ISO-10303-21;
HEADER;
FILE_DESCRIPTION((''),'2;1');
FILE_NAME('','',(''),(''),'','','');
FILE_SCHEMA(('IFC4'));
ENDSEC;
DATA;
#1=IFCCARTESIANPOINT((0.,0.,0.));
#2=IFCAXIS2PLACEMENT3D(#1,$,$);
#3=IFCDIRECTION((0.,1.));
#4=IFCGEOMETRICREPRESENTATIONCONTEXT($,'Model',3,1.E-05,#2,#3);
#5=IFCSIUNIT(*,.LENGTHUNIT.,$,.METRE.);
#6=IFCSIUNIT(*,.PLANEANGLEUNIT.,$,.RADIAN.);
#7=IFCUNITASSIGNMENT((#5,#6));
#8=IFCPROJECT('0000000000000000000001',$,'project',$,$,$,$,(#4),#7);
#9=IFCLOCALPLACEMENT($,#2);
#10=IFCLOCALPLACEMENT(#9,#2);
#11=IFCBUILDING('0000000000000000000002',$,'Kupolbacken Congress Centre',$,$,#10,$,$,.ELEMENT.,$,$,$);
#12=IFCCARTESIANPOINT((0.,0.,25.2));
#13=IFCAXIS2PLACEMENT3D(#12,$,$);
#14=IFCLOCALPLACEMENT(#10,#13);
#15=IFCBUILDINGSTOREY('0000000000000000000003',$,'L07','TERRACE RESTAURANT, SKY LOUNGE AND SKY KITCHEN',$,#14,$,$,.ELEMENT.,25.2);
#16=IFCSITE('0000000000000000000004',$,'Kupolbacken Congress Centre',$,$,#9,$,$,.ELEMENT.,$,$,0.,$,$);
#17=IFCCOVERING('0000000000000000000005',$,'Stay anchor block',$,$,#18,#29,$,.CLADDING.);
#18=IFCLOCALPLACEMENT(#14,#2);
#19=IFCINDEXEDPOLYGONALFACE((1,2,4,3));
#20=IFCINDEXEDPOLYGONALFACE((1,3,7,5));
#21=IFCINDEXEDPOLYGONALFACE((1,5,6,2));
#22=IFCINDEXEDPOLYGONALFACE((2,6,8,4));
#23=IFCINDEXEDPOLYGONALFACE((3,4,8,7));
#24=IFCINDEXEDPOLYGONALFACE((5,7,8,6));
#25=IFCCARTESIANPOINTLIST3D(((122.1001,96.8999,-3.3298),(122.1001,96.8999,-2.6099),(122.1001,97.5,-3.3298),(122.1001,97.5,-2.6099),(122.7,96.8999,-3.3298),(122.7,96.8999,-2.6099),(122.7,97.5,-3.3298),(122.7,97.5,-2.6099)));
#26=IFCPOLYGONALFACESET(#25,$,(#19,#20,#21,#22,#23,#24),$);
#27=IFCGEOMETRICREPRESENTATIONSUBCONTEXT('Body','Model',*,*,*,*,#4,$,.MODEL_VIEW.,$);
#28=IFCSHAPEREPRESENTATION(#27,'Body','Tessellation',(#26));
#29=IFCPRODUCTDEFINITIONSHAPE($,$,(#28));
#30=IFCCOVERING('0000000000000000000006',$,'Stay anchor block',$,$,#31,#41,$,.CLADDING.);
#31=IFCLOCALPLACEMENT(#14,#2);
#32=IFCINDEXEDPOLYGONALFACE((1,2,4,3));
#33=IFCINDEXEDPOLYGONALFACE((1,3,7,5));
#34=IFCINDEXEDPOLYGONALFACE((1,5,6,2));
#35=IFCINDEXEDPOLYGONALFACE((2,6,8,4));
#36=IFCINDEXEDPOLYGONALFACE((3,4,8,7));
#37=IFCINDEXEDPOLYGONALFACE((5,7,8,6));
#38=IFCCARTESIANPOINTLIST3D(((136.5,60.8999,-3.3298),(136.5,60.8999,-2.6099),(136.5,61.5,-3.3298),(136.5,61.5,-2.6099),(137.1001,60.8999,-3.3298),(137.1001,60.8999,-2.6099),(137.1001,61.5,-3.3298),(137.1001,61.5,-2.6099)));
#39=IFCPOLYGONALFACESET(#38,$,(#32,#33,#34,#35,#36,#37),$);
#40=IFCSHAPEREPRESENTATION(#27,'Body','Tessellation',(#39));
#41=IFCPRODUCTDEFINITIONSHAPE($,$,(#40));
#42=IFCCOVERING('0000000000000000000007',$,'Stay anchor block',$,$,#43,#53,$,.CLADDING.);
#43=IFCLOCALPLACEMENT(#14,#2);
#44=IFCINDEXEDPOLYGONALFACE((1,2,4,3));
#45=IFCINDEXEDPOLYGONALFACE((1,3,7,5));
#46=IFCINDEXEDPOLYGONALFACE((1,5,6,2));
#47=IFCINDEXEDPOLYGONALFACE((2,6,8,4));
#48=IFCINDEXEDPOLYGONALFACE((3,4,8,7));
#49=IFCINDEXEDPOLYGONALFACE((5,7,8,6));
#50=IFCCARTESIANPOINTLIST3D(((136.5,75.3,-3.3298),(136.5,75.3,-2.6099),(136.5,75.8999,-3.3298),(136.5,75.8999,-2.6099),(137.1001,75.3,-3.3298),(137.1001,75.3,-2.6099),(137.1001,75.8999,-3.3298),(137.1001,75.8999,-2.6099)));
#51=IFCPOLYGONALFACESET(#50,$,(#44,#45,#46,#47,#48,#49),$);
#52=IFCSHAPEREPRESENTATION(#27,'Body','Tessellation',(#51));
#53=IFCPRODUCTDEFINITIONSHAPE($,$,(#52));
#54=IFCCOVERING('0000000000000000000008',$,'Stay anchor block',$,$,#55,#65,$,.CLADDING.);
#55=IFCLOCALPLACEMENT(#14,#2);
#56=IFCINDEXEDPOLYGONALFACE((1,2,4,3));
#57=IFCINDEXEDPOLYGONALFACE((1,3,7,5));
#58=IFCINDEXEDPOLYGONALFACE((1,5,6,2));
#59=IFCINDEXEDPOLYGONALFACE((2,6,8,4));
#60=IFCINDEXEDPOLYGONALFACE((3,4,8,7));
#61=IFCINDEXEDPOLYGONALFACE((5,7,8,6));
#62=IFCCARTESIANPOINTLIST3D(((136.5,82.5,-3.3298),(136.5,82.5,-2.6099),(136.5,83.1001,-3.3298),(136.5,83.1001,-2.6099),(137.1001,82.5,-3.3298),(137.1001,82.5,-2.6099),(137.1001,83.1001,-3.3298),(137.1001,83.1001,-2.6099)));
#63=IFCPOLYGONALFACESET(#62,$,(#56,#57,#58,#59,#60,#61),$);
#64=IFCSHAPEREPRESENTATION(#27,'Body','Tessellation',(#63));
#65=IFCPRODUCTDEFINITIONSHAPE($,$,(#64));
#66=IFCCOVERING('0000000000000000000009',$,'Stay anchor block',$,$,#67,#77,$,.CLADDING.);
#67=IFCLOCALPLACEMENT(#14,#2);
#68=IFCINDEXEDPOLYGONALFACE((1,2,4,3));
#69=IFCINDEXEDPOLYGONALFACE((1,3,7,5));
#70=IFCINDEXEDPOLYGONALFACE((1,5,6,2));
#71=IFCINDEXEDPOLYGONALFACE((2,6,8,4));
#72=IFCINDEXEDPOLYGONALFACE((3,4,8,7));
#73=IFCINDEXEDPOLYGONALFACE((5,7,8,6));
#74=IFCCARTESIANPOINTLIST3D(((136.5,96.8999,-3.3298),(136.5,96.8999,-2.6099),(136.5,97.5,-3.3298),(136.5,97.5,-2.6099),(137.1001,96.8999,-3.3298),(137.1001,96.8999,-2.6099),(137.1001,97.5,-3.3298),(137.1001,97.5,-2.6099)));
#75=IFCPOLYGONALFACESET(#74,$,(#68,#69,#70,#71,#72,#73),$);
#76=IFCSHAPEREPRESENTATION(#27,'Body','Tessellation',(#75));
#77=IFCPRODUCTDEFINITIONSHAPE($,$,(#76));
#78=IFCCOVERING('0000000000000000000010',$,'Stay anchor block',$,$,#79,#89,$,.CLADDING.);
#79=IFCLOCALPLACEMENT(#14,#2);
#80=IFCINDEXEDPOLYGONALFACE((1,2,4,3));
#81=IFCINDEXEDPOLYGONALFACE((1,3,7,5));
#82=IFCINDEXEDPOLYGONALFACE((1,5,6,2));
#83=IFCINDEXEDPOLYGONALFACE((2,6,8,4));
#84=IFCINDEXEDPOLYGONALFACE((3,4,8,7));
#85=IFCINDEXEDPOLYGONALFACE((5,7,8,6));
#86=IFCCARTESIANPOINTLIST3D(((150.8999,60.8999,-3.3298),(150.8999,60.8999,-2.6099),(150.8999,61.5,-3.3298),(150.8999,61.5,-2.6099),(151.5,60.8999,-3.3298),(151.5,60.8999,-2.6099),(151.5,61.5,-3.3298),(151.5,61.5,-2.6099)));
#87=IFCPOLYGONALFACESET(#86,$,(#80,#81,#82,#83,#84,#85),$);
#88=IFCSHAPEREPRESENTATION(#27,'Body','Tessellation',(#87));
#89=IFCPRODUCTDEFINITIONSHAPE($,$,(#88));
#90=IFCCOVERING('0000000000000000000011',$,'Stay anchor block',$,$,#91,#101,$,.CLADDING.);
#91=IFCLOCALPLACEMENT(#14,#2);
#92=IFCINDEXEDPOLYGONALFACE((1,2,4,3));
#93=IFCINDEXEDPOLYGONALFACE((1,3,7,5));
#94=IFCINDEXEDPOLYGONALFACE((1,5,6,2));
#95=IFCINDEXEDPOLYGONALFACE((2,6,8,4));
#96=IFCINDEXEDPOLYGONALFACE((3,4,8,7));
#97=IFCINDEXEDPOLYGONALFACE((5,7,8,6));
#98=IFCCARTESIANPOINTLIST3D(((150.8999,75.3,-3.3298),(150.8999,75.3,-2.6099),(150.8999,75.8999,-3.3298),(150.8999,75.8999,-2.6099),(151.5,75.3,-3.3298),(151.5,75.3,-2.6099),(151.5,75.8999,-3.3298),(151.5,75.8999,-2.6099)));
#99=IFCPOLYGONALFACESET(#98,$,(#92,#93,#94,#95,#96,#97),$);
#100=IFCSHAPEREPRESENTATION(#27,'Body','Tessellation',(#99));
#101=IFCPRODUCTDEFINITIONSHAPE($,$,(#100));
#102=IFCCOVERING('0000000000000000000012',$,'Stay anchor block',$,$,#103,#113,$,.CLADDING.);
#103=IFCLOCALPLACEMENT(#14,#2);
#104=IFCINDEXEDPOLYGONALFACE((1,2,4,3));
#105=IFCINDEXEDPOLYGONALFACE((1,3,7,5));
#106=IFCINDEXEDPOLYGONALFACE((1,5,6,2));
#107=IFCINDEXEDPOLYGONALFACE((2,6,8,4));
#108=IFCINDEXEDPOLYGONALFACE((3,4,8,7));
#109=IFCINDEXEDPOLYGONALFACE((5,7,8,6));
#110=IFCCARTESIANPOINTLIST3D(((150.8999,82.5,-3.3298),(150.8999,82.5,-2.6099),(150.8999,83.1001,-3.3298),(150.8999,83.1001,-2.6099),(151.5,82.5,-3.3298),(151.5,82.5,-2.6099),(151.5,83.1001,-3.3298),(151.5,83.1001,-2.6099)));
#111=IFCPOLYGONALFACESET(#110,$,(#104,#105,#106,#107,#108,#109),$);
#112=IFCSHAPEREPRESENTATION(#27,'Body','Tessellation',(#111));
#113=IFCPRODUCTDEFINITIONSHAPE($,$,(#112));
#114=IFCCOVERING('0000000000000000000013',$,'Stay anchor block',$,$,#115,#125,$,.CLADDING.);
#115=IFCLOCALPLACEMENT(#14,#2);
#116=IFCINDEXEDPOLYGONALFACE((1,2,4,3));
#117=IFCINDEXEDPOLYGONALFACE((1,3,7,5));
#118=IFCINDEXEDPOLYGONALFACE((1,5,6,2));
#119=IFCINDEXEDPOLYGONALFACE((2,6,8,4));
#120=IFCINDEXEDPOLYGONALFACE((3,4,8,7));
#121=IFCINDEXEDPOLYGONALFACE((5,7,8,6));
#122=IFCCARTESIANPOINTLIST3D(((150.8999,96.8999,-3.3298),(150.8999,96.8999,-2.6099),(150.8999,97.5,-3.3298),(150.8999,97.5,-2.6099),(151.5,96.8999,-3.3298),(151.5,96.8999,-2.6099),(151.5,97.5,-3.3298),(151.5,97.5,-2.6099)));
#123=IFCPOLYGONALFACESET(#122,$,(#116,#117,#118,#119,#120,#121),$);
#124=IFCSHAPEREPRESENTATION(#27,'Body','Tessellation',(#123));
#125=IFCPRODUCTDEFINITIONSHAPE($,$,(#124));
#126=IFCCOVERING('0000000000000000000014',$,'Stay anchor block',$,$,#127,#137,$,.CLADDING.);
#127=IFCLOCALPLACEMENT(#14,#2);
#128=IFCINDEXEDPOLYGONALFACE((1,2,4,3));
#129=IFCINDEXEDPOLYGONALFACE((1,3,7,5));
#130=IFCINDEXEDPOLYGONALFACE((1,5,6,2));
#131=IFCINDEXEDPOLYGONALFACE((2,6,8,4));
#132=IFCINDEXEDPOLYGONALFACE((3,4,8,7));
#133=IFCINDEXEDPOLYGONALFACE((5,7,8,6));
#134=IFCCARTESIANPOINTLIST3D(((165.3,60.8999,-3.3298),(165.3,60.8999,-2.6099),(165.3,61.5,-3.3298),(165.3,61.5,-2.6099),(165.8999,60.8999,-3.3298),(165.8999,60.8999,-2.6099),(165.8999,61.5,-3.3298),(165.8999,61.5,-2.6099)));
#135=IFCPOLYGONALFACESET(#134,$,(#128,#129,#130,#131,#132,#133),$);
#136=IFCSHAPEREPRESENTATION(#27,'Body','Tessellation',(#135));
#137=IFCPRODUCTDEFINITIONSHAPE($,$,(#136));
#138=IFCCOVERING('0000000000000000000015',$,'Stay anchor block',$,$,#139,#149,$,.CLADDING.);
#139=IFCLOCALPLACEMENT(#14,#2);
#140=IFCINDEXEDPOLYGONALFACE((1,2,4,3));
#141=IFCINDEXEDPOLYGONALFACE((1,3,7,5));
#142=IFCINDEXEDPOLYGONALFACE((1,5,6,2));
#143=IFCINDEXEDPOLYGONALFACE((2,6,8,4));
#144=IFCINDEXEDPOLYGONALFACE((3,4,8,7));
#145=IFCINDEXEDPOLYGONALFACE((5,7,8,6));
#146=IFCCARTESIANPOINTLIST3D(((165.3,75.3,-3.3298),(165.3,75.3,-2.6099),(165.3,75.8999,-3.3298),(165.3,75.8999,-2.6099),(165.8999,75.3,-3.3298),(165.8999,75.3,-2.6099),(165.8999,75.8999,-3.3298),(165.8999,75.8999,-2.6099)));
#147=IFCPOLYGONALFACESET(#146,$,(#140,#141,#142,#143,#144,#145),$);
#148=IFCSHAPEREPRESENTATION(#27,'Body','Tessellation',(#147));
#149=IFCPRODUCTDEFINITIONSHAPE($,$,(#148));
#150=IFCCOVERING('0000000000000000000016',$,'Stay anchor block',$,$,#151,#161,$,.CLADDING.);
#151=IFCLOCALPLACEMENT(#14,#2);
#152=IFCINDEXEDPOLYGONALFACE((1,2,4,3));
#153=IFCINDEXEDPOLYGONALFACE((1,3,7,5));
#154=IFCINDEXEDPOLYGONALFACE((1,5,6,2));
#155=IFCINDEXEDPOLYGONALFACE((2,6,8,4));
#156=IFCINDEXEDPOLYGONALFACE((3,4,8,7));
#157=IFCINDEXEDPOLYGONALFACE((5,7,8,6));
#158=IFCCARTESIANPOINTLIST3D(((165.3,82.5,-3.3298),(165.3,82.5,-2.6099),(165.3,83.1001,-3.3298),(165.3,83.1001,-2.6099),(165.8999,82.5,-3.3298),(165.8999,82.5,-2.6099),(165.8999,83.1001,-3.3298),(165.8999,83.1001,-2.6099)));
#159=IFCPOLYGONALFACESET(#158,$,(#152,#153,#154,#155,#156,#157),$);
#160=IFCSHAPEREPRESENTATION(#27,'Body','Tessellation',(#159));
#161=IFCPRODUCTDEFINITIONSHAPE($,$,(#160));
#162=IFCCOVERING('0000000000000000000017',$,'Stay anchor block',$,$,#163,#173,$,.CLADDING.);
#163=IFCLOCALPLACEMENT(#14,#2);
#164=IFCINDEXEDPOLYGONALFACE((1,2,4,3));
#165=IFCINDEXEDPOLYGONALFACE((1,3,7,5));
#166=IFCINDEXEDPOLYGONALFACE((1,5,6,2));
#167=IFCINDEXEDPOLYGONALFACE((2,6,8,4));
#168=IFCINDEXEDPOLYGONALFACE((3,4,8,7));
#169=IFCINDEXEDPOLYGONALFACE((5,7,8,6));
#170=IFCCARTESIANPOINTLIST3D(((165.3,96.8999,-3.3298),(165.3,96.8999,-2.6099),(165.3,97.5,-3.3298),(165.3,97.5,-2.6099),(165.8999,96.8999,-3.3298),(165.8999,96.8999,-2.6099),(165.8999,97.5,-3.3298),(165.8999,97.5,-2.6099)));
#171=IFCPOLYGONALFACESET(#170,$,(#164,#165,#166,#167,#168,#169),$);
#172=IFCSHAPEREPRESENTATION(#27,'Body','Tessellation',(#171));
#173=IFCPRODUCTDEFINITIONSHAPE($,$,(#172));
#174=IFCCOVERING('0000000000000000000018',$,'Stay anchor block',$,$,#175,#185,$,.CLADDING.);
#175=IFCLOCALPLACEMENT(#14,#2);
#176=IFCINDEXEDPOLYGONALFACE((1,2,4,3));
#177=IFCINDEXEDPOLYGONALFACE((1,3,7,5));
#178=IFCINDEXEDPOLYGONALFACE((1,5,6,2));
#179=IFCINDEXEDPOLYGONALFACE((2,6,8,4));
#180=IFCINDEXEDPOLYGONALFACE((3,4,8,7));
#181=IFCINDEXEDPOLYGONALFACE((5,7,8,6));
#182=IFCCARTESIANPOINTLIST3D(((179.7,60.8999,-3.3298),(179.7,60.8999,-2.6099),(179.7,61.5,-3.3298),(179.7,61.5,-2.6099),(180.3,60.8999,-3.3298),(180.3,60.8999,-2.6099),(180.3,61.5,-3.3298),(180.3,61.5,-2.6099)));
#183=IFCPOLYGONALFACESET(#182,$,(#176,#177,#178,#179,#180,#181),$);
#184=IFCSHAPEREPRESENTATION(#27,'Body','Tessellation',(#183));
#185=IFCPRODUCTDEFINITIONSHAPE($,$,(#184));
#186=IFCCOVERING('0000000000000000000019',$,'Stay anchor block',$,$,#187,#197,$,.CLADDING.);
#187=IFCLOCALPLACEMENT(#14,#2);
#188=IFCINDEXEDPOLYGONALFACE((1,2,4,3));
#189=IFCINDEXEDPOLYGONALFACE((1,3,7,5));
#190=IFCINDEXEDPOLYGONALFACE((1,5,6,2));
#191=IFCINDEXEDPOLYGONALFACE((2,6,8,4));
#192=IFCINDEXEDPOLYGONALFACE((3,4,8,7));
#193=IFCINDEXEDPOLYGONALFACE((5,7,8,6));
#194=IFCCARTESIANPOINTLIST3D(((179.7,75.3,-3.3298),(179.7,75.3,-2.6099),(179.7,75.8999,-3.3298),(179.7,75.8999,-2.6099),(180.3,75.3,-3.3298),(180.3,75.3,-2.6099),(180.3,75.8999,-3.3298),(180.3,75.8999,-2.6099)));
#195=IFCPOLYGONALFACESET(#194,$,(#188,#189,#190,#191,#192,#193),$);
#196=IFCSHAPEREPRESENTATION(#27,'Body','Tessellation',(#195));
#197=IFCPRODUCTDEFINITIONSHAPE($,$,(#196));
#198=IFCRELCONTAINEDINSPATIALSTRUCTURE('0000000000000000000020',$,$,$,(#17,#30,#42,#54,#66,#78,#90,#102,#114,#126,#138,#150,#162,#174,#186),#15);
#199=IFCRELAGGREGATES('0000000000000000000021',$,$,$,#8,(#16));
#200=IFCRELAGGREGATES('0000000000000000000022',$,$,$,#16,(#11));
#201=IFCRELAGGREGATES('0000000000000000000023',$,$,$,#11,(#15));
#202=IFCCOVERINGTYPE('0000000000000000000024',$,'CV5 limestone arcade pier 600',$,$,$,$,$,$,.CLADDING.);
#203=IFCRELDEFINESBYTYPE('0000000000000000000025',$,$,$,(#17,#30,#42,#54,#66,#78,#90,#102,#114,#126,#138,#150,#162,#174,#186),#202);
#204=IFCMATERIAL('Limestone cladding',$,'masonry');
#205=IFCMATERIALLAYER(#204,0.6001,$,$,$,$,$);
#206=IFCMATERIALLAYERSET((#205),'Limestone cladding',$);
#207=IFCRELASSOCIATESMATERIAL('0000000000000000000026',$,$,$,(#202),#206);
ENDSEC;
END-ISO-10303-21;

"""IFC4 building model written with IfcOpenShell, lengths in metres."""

from ifc_helpers import new_model, si_unit, direction, frame, origin, place, context, subcontext, project, spatial, polyline, outline, extrude, material, layer, layer_set, type_object, element, save


model = new_model("IFC4")

# Units and contexts
model_context = context("Model", 3, precision=1e-05, world=origin(), true_north=direction((0.0, 1.0)))
body_context = subcontext(model_context, "Body", "Model", "MODEL_VIEW")
ifc_project = project(units=[si_unit("LENGTHUNIT", "METRE"), si_unit("PLANEANGLEUNIT", "RADIAN")], contexts=[model_context])

# Site, building, storey
site_placement = place(None, origin())
site = spatial("IfcSite", under=ifc_project, at=site_placement, Name="Kupolbacken Congress Centre", CompositionType="ELEMENT", RefElevation=0.0)
building_placement = place(site_placement, origin())
building = spatial("IfcBuilding", under=site, at=building_placement, Name="Kupolbacken Congress Centre", CompositionType="ELEMENT")
storey_placement = place(building_placement, frame((0.0, 0.0, 25.2)))
storey = spatial("IfcBuildingStorey", under=building, at=storey_placement, Name="L07", Description="TERRACE RESTAURANT, SKY LOUNGE AND SKY KITCHEN", CompositionType="ELEMENT", Elevation=25.2)

# Coverings
ifc_material_1 = material(Name="Limestone cladding", Category="masonry")
ifc_layer_1 = layer(ifc_material_1, 0.6001)
ifc_layer_set_1 = layer_set([ifc_layer_1], Name="Limestone cladding")
covering_type_1 = type_object("IfcCoveringType", Name="CV5 limestone arcade pier 600", PredefinedType="CLADDING", material=ifc_layer_set_1)
covering_1_placement = place(storey_placement, frame((0.0, 0.0, -3.3298)))
element("IfcCovering", 1, at=covering_1_placement, inside=storey, type_object=covering_type_1, Name="Stay anchor block", PredefinedType="CLADDING", context=body_context, shape_type="SweptSolid", body=[
    extrude(outline(polyline([(122.7, 96.8999), (122.7, 97.5), (122.1001, 97.5), (122.1001, 96.8999), (122.7, 96.8999)])), origin(), (0.0, 0.0, 1.0), 0.72),
])
covering_2_placement = place(storey_placement, frame((0.0, 0.0, -3.3298)))
element("IfcCovering", 2, at=covering_2_placement, inside=storey, type_object=covering_type_1, Name="Stay anchor block", PredefinedType="CLADDING", context=body_context, shape_type="SweptSolid", body=[
    extrude(outline(polyline([(137.1001, 60.8999), (137.1001, 61.5), (136.5, 61.5), (136.5, 60.8999), (137.1001, 60.8999)])), origin(), (0.0, 0.0, 1.0), 0.72),
])
covering_3_placement = place(storey_placement, frame((0.0, 0.0, -3.3298)))
element("IfcCovering", 3, at=covering_3_placement, inside=storey, type_object=covering_type_1, Name="Stay anchor block", PredefinedType="CLADDING", context=body_context, shape_type="SweptSolid", body=[
    extrude(outline(polyline([(137.1001, 75.3), (137.1001, 75.8999), (136.5, 75.8999), (136.5, 75.3), (137.1001, 75.3)])), origin(), (0.0, 0.0, 1.0), 0.72),
])
covering_4_placement = place(storey_placement, frame((0.0, 0.0, -3.3298)))
element("IfcCovering", 4, at=covering_4_placement, inside=storey, type_object=covering_type_1, Name="Stay anchor block", PredefinedType="CLADDING", context=body_context, shape_type="SweptSolid", body=[
    extrude(outline(polyline([(137.1001, 82.5), (137.1001, 83.1001), (136.5, 83.1001), (136.5, 82.5), (137.1001, 82.5)])), origin(), (0.0, 0.0, 1.0), 0.72),
])
covering_5_placement = place(storey_placement, frame((0.0, 0.0, -3.3298)))
element("IfcCovering", 5, at=covering_5_placement, inside=storey, type_object=covering_type_1, Name="Stay anchor block", PredefinedType="CLADDING", context=body_context, shape_type="SweptSolid", body=[
    extrude(outline(polyline([(137.1001, 96.8999), (137.1001, 97.5), (136.5, 97.5), (136.5, 96.8999), (137.1001, 96.8999)])), origin(), (0.0, 0.0, 1.0), 0.72),
])
covering_6_placement = place(storey_placement, frame((0.0, 0.0, -3.3298)))
element("IfcCovering", 6, at=covering_6_placement, inside=storey, type_object=covering_type_1, Name="Stay anchor block", PredefinedType="CLADDING", context=body_context, shape_type="SweptSolid", body=[
    extrude(outline(polyline([(151.5, 60.8999), (151.5, 61.5), (150.8999, 61.5), (150.8999, 60.8999), (151.5, 60.8999)])), origin(), (0.0, 0.0, 1.0), 0.72),
])
covering_7_placement = place(storey_placement, frame((0.0, 0.0, -3.3298)))
element("IfcCovering", 7, at=covering_7_placement, inside=storey, type_object=covering_type_1, Name="Stay anchor block", PredefinedType="CLADDING", context=body_context, shape_type="SweptSolid", body=[
    extrude(outline(polyline([(151.5, 75.3), (151.5, 75.8999), (150.8999, 75.8999), (150.8999, 75.3), (151.5, 75.3)])), origin(), (0.0, 0.0, 1.0), 0.72),
])
covering_8_placement = place(storey_placement, frame((0.0, 0.0, -3.3298)))
element("IfcCovering", 8, at=covering_8_placement, inside=storey, type_object=covering_type_1, Name="Stay anchor block", PredefinedType="CLADDING", context=body_context, shape_type="SweptSolid", body=[
    extrude(outline(polyline([(151.5, 82.5), (151.5, 83.1001), (150.8999, 83.1001), (150.8999, 82.5), (151.5, 82.5)])), origin(), (0.0, 0.0, 1.0), 0.72),
])
covering_9_placement = place(storey_placement, frame((0.0, 0.0, -3.3298)))
element("IfcCovering", 9, at=covering_9_placement, inside=storey, type_object=covering_type_1, Name="Stay anchor block", PredefinedType="CLADDING", context=body_context, shape_type="SweptSolid", body=[
    extrude(outline(polyline([(151.5, 96.8999), (151.5, 97.5), (150.8999, 97.5), (150.8999, 96.8999), (151.5, 96.8999)])), origin(), (0.0, 0.0, 1.0), 0.72),
])
covering_10_placement = place(storey_placement, frame((0.0, 0.0, -3.3298)))
element("IfcCovering", 10, at=covering_10_placement, inside=storey, type_object=covering_type_1, Name="Stay anchor block", PredefinedType="CLADDING", context=body_context, shape_type="SweptSolid", body=[
    extrude(outline(polyline([(165.8999, 60.8999), (165.8999, 61.5), (165.3, 61.5), (165.3, 60.8999), (165.8999, 60.8999)])), origin(), (0.0, 0.0, 1.0), 0.72),
])
covering_11_placement = place(storey_placement, frame((0.0, 0.0, -3.3298)))
element("IfcCovering", 11, at=covering_11_placement, inside=storey, type_object=covering_type_1, Name="Stay anchor block", PredefinedType="CLADDING", context=body_context, shape_type="SweptSolid", body=[
    extrude(outline(polyline([(165.8999, 75.3), (165.8999, 75.8999), (165.3, 75.8999), (165.3, 75.3), (165.8999, 75.3)])), origin(), (0.0, 0.0, 1.0), 0.72),
])
covering_12_placement = place(storey_placement, frame((0.0, 0.0, -3.3298)))
element("IfcCovering", 12, at=covering_12_placement, inside=storey, type_object=covering_type_1, Name="Stay anchor block", PredefinedType="CLADDING", context=body_context, shape_type="SweptSolid", body=[
    extrude(outline(polyline([(165.8999, 82.5), (165.8999, 83.1001), (165.3, 83.1001), (165.3, 82.5), (165.8999, 82.5)])), origin(), (0.0, 0.0, 1.0), 0.72),
])
covering_13_placement = place(storey_placement, frame((0.0, 0.0, -3.3298)))
element("IfcCovering", 13, at=covering_13_placement, inside=storey, type_object=covering_type_1, Name="Stay anchor block", PredefinedType="CLADDING", context=body_context, shape_type="SweptSolid", body=[
    extrude(outline(polyline([(165.8999, 96.8999), (165.8999, 97.5), (165.3, 97.5), (165.3, 96.8999), (165.8999, 96.8999)])), origin(), (0.0, 0.0, 1.0), 0.72),
])
covering_14_placement = place(storey_placement, frame((0.0, 0.0, -3.3298)))
element("IfcCovering", 14, at=covering_14_placement, inside=storey, type_object=covering_type_1, Name="Stay anchor block", PredefinedType="CLADDING", context=body_context, shape_type="SweptSolid", body=[
    extrude(outline(polyline([(180.3, 60.8999), (180.3, 61.5), (179.7, 61.5), (179.7, 60.8999), (180.3, 60.8999)])), origin(), (0.0, 0.0, 1.0), 0.72),
])
covering_15_placement = place(storey_placement, frame((0.0, 0.0, -3.3298)))
element("IfcCovering", 15, at=covering_15_placement, inside=storey, type_object=covering_type_1, Name="Stay anchor block", PredefinedType="CLADDING", context=body_context, shape_type="SweptSolid", body=[
    extrude(outline(polyline([(180.3, 75.3), (180.3, 75.8999), (179.7, 75.8999), (179.7, 75.3), (180.3, 75.3)])), origin(), (0.0, 0.0, 1.0), 0.72),
])

save(model, "model.ifc")
